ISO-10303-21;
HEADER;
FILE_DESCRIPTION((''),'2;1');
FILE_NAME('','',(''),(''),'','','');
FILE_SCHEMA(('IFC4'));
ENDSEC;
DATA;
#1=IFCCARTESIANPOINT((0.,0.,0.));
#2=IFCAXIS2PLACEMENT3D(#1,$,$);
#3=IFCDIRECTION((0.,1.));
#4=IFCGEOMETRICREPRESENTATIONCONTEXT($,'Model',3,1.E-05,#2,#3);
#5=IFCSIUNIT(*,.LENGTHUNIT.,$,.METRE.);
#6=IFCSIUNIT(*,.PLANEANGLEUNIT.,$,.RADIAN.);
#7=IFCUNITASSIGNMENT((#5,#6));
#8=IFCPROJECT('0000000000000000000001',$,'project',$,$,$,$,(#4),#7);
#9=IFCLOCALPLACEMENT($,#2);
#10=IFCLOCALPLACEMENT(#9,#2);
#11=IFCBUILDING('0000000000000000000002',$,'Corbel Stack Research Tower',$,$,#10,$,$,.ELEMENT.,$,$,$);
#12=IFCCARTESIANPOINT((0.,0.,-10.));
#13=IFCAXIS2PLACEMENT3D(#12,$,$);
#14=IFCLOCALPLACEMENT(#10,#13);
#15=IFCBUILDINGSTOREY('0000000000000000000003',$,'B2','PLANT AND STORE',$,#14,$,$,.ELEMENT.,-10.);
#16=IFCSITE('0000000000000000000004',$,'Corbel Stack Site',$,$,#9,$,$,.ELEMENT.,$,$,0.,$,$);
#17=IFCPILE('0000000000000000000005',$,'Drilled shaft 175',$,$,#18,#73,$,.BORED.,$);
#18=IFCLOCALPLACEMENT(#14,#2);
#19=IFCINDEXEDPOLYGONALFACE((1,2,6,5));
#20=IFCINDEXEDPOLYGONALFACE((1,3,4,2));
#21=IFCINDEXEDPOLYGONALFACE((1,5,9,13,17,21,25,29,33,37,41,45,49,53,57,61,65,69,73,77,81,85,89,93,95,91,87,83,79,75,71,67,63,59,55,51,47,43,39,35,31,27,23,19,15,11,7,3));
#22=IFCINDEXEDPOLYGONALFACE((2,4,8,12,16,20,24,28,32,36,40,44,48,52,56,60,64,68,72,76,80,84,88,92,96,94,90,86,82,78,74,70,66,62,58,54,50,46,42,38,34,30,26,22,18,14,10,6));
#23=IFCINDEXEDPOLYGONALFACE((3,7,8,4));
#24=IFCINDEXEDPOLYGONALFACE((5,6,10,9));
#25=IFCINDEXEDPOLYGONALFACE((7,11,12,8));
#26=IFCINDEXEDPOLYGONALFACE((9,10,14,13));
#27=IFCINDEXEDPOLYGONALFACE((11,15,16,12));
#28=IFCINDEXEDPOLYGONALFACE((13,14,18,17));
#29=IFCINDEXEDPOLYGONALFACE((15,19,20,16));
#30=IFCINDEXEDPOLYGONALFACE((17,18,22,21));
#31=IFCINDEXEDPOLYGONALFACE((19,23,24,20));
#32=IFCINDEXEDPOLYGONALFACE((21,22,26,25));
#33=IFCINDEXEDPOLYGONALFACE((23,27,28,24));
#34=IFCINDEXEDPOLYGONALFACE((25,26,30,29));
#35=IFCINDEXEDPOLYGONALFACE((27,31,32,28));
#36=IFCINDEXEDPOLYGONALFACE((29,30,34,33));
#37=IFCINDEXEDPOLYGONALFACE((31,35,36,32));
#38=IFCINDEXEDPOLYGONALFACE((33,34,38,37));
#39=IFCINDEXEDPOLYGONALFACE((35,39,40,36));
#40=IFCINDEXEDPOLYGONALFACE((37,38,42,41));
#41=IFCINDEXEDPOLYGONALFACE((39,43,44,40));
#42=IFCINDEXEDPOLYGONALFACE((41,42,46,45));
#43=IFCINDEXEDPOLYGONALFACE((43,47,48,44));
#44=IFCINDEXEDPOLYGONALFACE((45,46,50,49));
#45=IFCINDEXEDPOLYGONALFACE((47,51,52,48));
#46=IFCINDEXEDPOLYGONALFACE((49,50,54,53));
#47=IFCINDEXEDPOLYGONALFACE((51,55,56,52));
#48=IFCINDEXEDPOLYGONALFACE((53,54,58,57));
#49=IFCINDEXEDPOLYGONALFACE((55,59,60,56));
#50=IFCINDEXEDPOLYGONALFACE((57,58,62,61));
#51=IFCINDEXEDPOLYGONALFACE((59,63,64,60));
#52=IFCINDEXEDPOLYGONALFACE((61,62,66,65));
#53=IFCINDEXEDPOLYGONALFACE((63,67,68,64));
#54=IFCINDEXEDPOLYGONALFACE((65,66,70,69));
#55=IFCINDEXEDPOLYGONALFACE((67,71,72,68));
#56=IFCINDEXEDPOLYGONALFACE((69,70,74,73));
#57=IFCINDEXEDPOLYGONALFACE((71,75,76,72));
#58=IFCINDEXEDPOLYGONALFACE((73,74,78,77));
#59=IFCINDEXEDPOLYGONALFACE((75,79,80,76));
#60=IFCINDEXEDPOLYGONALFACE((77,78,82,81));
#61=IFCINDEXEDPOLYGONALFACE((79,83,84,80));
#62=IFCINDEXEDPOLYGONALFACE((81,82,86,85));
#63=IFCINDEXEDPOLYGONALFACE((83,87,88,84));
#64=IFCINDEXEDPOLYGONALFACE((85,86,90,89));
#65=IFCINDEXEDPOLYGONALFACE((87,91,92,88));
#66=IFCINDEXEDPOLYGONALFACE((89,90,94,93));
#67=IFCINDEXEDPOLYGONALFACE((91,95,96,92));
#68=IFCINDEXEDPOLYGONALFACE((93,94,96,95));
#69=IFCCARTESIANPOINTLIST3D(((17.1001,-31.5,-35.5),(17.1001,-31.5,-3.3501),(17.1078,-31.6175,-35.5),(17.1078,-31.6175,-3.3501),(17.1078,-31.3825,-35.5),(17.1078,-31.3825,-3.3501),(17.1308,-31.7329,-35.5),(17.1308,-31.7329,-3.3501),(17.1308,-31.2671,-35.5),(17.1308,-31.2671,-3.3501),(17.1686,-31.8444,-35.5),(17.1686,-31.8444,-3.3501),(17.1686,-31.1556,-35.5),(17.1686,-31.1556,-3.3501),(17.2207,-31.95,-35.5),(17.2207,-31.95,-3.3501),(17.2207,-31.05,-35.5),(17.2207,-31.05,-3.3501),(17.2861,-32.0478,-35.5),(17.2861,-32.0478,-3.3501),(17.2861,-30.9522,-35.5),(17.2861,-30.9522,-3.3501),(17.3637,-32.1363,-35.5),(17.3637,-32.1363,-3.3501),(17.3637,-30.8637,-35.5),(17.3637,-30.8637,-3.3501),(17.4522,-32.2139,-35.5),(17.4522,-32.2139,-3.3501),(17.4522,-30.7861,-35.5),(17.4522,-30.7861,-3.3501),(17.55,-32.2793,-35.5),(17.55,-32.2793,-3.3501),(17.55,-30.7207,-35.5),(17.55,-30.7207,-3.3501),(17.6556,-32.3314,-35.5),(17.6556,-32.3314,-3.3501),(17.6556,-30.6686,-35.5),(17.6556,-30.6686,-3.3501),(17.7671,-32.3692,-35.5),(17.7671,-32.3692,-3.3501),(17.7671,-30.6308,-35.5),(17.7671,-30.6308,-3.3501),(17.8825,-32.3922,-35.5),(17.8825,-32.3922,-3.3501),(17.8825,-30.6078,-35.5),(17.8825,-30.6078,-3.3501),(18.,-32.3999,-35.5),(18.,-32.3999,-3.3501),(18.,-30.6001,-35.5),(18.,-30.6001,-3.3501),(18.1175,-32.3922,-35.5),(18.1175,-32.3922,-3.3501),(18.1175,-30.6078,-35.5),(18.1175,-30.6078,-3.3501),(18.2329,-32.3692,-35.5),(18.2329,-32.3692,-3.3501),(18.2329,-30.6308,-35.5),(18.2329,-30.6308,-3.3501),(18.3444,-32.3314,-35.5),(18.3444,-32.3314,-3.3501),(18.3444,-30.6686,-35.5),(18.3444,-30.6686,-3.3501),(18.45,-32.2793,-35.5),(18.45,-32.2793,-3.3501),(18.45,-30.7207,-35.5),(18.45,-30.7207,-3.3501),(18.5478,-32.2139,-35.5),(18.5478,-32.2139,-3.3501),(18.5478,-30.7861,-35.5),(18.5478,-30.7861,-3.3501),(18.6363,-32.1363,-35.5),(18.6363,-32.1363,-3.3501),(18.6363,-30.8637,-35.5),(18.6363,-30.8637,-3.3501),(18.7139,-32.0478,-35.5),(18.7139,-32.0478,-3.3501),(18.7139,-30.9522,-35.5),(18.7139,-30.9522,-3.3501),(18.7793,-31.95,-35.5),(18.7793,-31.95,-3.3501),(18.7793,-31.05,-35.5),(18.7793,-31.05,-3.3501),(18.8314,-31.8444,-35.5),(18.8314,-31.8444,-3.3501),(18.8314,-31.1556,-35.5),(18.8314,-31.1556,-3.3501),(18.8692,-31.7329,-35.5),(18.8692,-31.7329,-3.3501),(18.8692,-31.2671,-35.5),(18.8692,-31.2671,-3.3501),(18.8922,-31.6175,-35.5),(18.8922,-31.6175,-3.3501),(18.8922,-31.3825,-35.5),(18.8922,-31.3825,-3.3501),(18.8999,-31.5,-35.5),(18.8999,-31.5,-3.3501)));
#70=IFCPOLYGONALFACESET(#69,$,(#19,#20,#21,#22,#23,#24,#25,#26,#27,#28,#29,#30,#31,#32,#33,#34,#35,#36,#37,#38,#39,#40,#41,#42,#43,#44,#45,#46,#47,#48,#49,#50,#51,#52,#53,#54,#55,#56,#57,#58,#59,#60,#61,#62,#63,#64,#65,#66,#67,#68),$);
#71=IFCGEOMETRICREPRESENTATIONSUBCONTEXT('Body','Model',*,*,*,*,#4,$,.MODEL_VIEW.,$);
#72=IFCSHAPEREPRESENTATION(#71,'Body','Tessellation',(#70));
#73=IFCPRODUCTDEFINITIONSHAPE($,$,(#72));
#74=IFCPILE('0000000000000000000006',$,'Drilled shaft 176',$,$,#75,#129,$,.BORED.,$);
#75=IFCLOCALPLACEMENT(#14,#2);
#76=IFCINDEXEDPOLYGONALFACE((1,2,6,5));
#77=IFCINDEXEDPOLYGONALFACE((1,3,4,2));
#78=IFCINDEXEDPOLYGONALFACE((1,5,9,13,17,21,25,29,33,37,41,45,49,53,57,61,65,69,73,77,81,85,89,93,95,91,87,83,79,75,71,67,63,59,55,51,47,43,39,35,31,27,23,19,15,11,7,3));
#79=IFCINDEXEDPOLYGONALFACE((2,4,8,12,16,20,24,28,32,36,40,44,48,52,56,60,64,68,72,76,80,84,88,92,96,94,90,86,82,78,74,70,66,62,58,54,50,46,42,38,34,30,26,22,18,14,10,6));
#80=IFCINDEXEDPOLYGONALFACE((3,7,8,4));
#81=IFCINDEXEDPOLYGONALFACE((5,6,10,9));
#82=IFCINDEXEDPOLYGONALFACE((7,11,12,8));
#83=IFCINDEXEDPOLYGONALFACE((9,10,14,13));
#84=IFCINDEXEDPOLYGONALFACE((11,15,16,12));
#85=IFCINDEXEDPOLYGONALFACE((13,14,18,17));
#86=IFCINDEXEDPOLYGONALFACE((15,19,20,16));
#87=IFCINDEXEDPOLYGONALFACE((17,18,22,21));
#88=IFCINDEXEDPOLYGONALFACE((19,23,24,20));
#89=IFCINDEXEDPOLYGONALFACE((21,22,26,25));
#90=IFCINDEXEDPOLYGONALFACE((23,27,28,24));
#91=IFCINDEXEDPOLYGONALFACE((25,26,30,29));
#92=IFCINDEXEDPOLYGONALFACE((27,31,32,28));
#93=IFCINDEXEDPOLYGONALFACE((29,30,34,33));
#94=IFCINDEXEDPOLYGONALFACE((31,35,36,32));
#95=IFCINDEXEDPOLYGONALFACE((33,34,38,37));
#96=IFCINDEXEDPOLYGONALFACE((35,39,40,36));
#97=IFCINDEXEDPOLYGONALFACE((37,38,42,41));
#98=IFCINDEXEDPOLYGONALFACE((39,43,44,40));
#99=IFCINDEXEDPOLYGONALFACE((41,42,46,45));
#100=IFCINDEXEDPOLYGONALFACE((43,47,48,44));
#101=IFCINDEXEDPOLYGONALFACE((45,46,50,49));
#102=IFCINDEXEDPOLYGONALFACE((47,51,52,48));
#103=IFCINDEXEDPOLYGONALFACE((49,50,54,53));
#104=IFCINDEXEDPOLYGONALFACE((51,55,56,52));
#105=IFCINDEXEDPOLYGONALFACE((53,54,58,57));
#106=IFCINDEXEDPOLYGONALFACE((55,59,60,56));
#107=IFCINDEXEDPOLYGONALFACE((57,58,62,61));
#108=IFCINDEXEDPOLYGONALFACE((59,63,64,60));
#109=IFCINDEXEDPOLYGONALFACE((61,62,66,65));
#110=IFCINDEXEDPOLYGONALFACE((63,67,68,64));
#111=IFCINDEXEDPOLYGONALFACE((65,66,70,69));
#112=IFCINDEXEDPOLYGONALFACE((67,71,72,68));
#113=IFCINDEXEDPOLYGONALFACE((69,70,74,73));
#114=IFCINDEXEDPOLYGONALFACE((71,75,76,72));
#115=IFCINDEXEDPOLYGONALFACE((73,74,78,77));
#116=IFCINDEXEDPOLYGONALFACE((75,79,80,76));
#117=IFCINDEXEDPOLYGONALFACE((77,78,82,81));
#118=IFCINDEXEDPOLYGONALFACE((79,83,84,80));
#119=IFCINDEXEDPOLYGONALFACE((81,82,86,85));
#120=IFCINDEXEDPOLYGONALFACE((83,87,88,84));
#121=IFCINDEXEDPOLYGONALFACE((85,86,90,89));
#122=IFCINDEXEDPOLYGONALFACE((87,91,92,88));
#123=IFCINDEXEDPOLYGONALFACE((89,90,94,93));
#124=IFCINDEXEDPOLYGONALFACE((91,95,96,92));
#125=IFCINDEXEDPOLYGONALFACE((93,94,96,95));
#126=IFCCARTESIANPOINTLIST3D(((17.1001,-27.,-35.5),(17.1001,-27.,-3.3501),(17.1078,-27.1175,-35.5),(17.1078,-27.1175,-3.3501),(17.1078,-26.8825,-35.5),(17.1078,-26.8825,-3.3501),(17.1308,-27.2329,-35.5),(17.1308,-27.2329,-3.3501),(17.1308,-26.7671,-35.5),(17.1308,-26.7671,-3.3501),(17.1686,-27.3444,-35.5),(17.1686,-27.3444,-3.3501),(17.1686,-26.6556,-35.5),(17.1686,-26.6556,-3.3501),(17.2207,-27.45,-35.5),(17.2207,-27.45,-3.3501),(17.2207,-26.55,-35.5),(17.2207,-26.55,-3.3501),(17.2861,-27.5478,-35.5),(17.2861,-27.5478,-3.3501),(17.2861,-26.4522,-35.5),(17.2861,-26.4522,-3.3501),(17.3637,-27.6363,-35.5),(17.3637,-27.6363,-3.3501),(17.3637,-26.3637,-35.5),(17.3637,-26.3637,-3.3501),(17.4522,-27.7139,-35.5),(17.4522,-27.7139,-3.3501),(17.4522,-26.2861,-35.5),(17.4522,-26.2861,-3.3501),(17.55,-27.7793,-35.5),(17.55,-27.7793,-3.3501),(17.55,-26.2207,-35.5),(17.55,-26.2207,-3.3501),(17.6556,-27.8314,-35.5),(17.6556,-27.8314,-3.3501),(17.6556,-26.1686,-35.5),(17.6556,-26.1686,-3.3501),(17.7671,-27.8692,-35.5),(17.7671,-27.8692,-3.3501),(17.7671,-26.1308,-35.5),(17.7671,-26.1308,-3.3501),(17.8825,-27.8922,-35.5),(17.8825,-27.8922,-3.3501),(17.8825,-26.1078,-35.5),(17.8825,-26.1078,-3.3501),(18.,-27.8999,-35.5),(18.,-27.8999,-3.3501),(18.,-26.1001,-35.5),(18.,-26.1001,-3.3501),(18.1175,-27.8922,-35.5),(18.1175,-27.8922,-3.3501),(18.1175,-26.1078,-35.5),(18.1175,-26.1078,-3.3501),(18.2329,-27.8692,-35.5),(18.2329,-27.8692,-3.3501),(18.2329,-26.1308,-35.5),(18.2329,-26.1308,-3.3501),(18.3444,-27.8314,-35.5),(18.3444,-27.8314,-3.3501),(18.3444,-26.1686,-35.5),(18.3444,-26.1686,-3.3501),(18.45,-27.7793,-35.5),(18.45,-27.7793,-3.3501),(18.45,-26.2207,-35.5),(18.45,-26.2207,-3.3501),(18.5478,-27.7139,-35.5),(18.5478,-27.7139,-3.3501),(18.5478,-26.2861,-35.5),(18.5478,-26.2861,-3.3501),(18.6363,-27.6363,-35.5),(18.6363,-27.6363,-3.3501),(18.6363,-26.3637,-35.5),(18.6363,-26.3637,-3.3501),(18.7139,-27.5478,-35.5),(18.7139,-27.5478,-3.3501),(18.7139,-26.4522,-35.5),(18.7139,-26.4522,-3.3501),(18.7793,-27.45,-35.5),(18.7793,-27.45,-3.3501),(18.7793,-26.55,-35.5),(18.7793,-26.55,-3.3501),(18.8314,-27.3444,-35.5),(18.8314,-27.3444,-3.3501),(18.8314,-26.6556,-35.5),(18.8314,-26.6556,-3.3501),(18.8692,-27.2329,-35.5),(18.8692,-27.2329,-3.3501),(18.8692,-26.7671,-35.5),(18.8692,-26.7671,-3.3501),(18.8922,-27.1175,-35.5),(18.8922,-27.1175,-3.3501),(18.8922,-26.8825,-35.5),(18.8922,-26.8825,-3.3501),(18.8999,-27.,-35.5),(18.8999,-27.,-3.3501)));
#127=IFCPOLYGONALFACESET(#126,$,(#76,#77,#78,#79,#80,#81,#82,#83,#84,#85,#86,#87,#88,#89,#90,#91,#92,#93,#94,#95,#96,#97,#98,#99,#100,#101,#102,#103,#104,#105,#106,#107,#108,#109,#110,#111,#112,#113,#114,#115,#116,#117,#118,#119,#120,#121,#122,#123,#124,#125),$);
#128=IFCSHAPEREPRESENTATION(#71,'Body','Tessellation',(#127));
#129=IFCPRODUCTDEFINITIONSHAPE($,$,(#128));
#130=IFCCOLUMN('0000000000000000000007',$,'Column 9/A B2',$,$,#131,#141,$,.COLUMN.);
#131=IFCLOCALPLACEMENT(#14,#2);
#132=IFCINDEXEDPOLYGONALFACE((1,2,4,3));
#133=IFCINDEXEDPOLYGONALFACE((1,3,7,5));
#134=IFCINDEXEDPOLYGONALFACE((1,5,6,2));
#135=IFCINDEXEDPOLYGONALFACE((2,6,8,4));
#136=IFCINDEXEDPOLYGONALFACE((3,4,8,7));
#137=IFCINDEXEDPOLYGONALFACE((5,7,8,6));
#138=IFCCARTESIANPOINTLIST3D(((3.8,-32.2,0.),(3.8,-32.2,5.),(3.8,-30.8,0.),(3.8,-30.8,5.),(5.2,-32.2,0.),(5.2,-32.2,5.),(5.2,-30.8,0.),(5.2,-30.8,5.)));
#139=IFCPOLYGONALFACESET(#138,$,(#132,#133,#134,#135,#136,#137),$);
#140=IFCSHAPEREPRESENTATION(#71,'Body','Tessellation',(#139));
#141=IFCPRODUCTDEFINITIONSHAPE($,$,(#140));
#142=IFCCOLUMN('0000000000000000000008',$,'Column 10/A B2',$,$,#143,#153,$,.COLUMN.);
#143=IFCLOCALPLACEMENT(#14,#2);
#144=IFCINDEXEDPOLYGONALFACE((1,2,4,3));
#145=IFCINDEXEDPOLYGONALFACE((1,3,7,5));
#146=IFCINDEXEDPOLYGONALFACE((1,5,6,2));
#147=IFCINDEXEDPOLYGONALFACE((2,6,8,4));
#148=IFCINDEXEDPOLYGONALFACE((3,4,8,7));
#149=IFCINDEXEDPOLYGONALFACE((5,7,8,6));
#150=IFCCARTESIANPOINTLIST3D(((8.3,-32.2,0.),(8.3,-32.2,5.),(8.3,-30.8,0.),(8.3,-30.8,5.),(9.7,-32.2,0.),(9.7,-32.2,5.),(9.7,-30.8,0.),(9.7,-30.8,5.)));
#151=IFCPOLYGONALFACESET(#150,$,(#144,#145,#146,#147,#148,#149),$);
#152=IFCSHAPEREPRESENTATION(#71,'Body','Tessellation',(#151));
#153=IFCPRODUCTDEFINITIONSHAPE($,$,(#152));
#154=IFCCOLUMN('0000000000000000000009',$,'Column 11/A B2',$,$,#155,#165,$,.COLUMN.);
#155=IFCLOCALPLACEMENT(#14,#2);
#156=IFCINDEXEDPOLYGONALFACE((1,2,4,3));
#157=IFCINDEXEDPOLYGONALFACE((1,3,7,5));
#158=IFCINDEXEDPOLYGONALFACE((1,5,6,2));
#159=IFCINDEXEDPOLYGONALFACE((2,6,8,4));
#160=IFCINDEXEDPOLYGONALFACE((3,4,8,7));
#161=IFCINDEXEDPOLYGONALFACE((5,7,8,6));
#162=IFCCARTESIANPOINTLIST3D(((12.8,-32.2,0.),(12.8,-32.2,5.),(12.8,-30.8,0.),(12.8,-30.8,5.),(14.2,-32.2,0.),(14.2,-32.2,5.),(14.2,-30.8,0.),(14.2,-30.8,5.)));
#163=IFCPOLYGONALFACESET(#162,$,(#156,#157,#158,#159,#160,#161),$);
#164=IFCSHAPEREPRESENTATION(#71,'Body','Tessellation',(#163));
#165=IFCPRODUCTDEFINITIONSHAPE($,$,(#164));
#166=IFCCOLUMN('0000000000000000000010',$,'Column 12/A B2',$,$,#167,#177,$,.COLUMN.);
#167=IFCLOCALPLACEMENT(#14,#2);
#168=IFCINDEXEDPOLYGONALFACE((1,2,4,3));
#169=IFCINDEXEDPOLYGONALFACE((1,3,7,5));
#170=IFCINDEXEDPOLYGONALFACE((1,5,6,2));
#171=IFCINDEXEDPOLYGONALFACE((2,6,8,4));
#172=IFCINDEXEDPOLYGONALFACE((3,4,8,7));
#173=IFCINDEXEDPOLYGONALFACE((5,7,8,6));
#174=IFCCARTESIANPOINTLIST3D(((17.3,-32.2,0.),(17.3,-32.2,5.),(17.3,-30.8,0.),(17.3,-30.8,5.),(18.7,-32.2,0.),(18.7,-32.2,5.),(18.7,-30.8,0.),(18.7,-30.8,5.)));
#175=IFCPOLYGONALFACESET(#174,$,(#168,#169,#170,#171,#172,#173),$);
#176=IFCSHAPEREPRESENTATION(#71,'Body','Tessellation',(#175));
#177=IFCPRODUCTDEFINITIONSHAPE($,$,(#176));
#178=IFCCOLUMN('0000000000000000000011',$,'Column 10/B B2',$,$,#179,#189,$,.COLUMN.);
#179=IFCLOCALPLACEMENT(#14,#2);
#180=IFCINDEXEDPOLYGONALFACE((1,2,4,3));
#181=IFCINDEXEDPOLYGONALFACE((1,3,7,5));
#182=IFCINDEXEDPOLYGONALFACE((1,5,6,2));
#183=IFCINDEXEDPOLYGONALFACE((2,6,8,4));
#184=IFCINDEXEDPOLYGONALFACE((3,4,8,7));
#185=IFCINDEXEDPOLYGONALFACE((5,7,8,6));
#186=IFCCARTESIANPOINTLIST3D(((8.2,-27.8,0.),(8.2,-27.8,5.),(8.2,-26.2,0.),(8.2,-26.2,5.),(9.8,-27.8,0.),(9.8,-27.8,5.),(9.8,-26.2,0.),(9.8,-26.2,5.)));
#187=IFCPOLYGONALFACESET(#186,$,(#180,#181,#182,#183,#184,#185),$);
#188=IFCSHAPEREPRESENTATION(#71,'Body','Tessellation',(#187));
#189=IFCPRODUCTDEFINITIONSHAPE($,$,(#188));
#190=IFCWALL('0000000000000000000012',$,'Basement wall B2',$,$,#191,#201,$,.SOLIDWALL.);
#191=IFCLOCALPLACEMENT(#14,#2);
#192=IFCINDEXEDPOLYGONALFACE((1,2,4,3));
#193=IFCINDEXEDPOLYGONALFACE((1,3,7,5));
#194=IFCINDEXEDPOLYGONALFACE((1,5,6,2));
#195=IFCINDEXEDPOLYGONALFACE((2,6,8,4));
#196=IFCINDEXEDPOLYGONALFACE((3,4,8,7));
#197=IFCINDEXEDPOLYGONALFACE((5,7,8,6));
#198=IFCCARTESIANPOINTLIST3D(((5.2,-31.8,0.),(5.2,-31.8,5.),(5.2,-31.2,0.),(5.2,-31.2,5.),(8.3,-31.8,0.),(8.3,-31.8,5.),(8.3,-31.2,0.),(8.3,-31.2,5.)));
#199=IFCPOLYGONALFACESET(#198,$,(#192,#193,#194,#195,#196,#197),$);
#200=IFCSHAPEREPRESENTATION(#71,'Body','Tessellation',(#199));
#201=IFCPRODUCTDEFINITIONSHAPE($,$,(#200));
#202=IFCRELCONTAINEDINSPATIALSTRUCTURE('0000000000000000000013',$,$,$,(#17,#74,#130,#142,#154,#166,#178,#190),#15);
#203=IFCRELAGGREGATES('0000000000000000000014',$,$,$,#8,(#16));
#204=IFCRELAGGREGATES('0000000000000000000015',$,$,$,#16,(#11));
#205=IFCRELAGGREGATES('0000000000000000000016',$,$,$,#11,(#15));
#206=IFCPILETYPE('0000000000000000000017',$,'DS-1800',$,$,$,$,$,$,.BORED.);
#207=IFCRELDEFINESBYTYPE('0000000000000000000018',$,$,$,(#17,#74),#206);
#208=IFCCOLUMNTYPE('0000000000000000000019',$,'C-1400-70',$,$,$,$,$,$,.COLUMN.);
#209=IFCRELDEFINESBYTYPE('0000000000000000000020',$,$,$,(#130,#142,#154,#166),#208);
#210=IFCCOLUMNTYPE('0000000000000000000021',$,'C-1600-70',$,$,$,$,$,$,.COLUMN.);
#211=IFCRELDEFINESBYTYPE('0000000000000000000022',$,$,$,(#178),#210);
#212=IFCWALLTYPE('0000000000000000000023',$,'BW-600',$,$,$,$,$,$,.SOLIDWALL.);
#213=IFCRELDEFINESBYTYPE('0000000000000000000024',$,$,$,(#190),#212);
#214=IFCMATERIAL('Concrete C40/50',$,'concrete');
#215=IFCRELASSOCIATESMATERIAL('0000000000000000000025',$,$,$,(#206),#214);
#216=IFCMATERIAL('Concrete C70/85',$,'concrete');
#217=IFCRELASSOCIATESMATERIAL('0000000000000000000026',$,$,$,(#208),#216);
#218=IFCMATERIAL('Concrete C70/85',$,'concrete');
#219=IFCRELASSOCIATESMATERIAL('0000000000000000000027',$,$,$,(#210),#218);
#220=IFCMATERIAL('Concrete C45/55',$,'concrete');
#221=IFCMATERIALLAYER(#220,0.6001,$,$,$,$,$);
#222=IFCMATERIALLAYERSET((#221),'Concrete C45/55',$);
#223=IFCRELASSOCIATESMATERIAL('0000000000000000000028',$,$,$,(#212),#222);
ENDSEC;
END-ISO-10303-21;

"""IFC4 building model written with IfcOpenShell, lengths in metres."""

from ifc_helpers import new_model, si_unit, direction, frame, frame_2d, origin, origin_2d, place, context, subcontext, project, spatial, rectangle, circle, extrude, material, layer, layer_set, material_profile, profile_set, type_object, element, save


model = new_model("IFC4")

# Units and contexts
model_context = context("Model", 3, precision=1e-05, world=origin(), true_north=direction((0.0, 1.0)))
body_context = subcontext(model_context, "Body", "Model", "MODEL_VIEW")
ifc_project = project(units=[si_unit("LENGTHUNIT", "METRE"), si_unit("PLANEANGLEUNIT", "RADIAN")], contexts=[model_context])

# Site, building, storey
site_placement = place(None, origin())
site = spatial("IfcSite", under=ifc_project, at=site_placement, Name="Corbel Stack Site", CompositionType="ELEMENT", RefElevation=0.0)
building_placement = place(site_placement, origin())
building = spatial("IfcBuilding", under=site, at=building_placement, Name="Corbel Stack Research Tower", CompositionType="ELEMENT")
storey_placement = place(building_placement, frame((0.0, 0.0, -10.0)))
storey = spatial("IfcBuildingStorey", under=building, at=storey_placement, Name="B2", Description="PLANT AND STORE", CompositionType="ELEMENT", Elevation=-10.0)

# Piles
ifc_material_1 = material(Name="Concrete C40/50", Category="concrete")
ifc_material_profile_1 = material_profile(ifc_material_1, circle(Radius=0.8999, at=origin_2d()), Name="Shaft 1800")
ifc_profile_set_1 = profile_set([ifc_material_profile_1], Name="Concrete C40/50")
pile_type = type_object("IfcPileType", Name="DS-1800", PredefinedType="BORED", material=ifc_profile_set_1)
for number, where, z_axis, x_axis, name in (
    (1, (18.0, -31.5, -3.3501), (0.0, 0.0, -1.0), (1.0, 0.0, 0.0), "Drilled shaft 175"),
    (2, (18.0, -27.0, -3.3501), (0.0, 0.0, -1.0), (1.0, 0.0, 0.0), "Drilled shaft 176"),
):
    element("IfcPile", number, at=place(storey_placement, frame(where, z_axis=z_axis, x_axis=x_axis)), inside=storey, type_object=pile_type, Name=name, PredefinedType="BORED", context=body_context, shape_type="SweptSolid", body=[
        extrude(circle(Radius=0.8999, at=origin_2d()), origin(), (0.0, 0.0, 1.0), 32.1499),
    ])

# Columns
ifc_material_2 = material(Name="Concrete C70/85", Category="concrete")
ifc_material_profile_2 = material_profile(ifc_material_2, rectangle(XDim=1.3999, YDim=1.3999, at=origin_2d()), Name="RC 1400 x 1400")
ifc_profile_set_2 = profile_set([ifc_material_profile_2], Name="Concrete C70/85")
column_type_1 = type_object("IfcColumnType", Name="C-1400-70", PredefinedType="COLUMN", material=ifc_profile_set_2)
for number, where, z_axis, x_axis, name in (
    (3, (4.5, -31.5, 0.0), (0.0, 0.0, 1.0), (1.0, 0.0, 0.0), "Column 9/A B2"),
    (4, (9.0, -31.5, 0.0), (0.0, 0.0, 1.0), (1.0, 0.0, 0.0), "Column 10/A B2"),
    (5, (13.5, -31.5, 0.0), (0.0, 0.0, 1.0), (1.0, 0.0, 0.0), "Column 11/A B2"),
    (6, (18.0, -31.5, 0.0), (0.0, 0.0, 1.0), (1.0, 0.0, 0.0), "Column 12/A B2"),
):
    element("IfcColumn", number, at=place(storey_placement, frame(where, z_axis=z_axis, x_axis=x_axis)), inside=storey, type_object=column_type_1, Name=name, PredefinedType="COLUMN", context=body_context, shape_type="SweptSolid", body=[
        extrude(rectangle(XDim=1.3999, YDim=1.3999, at=origin_2d()), origin(), (0.0, 0.0, 1.0), 5.0),
    ])
ifc_material_3 = material(Name="Concrete C70/85", Category="concrete")
ifc_material_profile_3 = material_profile(ifc_material_3, rectangle(XDim=1.6001, YDim=1.6001, at=origin_2d()), Name="RC 1600 x 1600")
ifc_profile_set_3 = profile_set([ifc_material_profile_3], Name="Concrete C70/85")
column_type_2 = type_object("IfcColumnType", Name="C-1600-70", PredefinedType="COLUMN", material=ifc_profile_set_3)
column_placement = place(storey_placement, frame((9.0, -27.0, 0.0), z_axis=(0.0, 0.0, 1.0), x_axis=(1.0, 0.0, 0.0)))
element("IfcColumn", 7, at=column_placement, inside=storey, type_object=column_type_2, Name="Column 10/B B2", PredefinedType="COLUMN", context=body_context, shape_type="SweptSolid", body=[
    extrude(rectangle(XDim=1.6001, YDim=1.6001, at=origin_2d()), origin(), (0.0, 0.0, 1.0), 5.0),
])

# Wall
ifc_material_4 = material(Name="Concrete C45/55", Category="concrete")
ifc_layer_1 = layer(ifc_material_4, 0.6001)
ifc_layer_set_1 = layer_set([ifc_layer_1], Name="Concrete C45/55")
wall_type_1 = type_object("IfcWallType", Name="BW-600", PredefinedType="SOLIDWALL", material=ifc_layer_set_1)
for number, where, z_axis, x_axis, name in (
    (8, (5.2, -31.5, 0.0), (0.0, 0.0, 1.0), (1.0, 0.0, 0.0), "Basement wall B2"),
):
    element("IfcWall", number, at=place(storey_placement, frame(where, z_axis=z_axis, x_axis=x_axis)), inside=storey, type_object=wall_type_1, Name=name, PredefinedType="SOLIDWALL", context=body_context, shape_type="SweptSolid", body=[
        extrude(rectangle(XDim=3.1001, YDim=0.6001, at=frame_2d((1.55, 0.0))), origin(), (0.0, 0.0, 1.0), 5.0),
    ])

save(model, "model.ifc")
